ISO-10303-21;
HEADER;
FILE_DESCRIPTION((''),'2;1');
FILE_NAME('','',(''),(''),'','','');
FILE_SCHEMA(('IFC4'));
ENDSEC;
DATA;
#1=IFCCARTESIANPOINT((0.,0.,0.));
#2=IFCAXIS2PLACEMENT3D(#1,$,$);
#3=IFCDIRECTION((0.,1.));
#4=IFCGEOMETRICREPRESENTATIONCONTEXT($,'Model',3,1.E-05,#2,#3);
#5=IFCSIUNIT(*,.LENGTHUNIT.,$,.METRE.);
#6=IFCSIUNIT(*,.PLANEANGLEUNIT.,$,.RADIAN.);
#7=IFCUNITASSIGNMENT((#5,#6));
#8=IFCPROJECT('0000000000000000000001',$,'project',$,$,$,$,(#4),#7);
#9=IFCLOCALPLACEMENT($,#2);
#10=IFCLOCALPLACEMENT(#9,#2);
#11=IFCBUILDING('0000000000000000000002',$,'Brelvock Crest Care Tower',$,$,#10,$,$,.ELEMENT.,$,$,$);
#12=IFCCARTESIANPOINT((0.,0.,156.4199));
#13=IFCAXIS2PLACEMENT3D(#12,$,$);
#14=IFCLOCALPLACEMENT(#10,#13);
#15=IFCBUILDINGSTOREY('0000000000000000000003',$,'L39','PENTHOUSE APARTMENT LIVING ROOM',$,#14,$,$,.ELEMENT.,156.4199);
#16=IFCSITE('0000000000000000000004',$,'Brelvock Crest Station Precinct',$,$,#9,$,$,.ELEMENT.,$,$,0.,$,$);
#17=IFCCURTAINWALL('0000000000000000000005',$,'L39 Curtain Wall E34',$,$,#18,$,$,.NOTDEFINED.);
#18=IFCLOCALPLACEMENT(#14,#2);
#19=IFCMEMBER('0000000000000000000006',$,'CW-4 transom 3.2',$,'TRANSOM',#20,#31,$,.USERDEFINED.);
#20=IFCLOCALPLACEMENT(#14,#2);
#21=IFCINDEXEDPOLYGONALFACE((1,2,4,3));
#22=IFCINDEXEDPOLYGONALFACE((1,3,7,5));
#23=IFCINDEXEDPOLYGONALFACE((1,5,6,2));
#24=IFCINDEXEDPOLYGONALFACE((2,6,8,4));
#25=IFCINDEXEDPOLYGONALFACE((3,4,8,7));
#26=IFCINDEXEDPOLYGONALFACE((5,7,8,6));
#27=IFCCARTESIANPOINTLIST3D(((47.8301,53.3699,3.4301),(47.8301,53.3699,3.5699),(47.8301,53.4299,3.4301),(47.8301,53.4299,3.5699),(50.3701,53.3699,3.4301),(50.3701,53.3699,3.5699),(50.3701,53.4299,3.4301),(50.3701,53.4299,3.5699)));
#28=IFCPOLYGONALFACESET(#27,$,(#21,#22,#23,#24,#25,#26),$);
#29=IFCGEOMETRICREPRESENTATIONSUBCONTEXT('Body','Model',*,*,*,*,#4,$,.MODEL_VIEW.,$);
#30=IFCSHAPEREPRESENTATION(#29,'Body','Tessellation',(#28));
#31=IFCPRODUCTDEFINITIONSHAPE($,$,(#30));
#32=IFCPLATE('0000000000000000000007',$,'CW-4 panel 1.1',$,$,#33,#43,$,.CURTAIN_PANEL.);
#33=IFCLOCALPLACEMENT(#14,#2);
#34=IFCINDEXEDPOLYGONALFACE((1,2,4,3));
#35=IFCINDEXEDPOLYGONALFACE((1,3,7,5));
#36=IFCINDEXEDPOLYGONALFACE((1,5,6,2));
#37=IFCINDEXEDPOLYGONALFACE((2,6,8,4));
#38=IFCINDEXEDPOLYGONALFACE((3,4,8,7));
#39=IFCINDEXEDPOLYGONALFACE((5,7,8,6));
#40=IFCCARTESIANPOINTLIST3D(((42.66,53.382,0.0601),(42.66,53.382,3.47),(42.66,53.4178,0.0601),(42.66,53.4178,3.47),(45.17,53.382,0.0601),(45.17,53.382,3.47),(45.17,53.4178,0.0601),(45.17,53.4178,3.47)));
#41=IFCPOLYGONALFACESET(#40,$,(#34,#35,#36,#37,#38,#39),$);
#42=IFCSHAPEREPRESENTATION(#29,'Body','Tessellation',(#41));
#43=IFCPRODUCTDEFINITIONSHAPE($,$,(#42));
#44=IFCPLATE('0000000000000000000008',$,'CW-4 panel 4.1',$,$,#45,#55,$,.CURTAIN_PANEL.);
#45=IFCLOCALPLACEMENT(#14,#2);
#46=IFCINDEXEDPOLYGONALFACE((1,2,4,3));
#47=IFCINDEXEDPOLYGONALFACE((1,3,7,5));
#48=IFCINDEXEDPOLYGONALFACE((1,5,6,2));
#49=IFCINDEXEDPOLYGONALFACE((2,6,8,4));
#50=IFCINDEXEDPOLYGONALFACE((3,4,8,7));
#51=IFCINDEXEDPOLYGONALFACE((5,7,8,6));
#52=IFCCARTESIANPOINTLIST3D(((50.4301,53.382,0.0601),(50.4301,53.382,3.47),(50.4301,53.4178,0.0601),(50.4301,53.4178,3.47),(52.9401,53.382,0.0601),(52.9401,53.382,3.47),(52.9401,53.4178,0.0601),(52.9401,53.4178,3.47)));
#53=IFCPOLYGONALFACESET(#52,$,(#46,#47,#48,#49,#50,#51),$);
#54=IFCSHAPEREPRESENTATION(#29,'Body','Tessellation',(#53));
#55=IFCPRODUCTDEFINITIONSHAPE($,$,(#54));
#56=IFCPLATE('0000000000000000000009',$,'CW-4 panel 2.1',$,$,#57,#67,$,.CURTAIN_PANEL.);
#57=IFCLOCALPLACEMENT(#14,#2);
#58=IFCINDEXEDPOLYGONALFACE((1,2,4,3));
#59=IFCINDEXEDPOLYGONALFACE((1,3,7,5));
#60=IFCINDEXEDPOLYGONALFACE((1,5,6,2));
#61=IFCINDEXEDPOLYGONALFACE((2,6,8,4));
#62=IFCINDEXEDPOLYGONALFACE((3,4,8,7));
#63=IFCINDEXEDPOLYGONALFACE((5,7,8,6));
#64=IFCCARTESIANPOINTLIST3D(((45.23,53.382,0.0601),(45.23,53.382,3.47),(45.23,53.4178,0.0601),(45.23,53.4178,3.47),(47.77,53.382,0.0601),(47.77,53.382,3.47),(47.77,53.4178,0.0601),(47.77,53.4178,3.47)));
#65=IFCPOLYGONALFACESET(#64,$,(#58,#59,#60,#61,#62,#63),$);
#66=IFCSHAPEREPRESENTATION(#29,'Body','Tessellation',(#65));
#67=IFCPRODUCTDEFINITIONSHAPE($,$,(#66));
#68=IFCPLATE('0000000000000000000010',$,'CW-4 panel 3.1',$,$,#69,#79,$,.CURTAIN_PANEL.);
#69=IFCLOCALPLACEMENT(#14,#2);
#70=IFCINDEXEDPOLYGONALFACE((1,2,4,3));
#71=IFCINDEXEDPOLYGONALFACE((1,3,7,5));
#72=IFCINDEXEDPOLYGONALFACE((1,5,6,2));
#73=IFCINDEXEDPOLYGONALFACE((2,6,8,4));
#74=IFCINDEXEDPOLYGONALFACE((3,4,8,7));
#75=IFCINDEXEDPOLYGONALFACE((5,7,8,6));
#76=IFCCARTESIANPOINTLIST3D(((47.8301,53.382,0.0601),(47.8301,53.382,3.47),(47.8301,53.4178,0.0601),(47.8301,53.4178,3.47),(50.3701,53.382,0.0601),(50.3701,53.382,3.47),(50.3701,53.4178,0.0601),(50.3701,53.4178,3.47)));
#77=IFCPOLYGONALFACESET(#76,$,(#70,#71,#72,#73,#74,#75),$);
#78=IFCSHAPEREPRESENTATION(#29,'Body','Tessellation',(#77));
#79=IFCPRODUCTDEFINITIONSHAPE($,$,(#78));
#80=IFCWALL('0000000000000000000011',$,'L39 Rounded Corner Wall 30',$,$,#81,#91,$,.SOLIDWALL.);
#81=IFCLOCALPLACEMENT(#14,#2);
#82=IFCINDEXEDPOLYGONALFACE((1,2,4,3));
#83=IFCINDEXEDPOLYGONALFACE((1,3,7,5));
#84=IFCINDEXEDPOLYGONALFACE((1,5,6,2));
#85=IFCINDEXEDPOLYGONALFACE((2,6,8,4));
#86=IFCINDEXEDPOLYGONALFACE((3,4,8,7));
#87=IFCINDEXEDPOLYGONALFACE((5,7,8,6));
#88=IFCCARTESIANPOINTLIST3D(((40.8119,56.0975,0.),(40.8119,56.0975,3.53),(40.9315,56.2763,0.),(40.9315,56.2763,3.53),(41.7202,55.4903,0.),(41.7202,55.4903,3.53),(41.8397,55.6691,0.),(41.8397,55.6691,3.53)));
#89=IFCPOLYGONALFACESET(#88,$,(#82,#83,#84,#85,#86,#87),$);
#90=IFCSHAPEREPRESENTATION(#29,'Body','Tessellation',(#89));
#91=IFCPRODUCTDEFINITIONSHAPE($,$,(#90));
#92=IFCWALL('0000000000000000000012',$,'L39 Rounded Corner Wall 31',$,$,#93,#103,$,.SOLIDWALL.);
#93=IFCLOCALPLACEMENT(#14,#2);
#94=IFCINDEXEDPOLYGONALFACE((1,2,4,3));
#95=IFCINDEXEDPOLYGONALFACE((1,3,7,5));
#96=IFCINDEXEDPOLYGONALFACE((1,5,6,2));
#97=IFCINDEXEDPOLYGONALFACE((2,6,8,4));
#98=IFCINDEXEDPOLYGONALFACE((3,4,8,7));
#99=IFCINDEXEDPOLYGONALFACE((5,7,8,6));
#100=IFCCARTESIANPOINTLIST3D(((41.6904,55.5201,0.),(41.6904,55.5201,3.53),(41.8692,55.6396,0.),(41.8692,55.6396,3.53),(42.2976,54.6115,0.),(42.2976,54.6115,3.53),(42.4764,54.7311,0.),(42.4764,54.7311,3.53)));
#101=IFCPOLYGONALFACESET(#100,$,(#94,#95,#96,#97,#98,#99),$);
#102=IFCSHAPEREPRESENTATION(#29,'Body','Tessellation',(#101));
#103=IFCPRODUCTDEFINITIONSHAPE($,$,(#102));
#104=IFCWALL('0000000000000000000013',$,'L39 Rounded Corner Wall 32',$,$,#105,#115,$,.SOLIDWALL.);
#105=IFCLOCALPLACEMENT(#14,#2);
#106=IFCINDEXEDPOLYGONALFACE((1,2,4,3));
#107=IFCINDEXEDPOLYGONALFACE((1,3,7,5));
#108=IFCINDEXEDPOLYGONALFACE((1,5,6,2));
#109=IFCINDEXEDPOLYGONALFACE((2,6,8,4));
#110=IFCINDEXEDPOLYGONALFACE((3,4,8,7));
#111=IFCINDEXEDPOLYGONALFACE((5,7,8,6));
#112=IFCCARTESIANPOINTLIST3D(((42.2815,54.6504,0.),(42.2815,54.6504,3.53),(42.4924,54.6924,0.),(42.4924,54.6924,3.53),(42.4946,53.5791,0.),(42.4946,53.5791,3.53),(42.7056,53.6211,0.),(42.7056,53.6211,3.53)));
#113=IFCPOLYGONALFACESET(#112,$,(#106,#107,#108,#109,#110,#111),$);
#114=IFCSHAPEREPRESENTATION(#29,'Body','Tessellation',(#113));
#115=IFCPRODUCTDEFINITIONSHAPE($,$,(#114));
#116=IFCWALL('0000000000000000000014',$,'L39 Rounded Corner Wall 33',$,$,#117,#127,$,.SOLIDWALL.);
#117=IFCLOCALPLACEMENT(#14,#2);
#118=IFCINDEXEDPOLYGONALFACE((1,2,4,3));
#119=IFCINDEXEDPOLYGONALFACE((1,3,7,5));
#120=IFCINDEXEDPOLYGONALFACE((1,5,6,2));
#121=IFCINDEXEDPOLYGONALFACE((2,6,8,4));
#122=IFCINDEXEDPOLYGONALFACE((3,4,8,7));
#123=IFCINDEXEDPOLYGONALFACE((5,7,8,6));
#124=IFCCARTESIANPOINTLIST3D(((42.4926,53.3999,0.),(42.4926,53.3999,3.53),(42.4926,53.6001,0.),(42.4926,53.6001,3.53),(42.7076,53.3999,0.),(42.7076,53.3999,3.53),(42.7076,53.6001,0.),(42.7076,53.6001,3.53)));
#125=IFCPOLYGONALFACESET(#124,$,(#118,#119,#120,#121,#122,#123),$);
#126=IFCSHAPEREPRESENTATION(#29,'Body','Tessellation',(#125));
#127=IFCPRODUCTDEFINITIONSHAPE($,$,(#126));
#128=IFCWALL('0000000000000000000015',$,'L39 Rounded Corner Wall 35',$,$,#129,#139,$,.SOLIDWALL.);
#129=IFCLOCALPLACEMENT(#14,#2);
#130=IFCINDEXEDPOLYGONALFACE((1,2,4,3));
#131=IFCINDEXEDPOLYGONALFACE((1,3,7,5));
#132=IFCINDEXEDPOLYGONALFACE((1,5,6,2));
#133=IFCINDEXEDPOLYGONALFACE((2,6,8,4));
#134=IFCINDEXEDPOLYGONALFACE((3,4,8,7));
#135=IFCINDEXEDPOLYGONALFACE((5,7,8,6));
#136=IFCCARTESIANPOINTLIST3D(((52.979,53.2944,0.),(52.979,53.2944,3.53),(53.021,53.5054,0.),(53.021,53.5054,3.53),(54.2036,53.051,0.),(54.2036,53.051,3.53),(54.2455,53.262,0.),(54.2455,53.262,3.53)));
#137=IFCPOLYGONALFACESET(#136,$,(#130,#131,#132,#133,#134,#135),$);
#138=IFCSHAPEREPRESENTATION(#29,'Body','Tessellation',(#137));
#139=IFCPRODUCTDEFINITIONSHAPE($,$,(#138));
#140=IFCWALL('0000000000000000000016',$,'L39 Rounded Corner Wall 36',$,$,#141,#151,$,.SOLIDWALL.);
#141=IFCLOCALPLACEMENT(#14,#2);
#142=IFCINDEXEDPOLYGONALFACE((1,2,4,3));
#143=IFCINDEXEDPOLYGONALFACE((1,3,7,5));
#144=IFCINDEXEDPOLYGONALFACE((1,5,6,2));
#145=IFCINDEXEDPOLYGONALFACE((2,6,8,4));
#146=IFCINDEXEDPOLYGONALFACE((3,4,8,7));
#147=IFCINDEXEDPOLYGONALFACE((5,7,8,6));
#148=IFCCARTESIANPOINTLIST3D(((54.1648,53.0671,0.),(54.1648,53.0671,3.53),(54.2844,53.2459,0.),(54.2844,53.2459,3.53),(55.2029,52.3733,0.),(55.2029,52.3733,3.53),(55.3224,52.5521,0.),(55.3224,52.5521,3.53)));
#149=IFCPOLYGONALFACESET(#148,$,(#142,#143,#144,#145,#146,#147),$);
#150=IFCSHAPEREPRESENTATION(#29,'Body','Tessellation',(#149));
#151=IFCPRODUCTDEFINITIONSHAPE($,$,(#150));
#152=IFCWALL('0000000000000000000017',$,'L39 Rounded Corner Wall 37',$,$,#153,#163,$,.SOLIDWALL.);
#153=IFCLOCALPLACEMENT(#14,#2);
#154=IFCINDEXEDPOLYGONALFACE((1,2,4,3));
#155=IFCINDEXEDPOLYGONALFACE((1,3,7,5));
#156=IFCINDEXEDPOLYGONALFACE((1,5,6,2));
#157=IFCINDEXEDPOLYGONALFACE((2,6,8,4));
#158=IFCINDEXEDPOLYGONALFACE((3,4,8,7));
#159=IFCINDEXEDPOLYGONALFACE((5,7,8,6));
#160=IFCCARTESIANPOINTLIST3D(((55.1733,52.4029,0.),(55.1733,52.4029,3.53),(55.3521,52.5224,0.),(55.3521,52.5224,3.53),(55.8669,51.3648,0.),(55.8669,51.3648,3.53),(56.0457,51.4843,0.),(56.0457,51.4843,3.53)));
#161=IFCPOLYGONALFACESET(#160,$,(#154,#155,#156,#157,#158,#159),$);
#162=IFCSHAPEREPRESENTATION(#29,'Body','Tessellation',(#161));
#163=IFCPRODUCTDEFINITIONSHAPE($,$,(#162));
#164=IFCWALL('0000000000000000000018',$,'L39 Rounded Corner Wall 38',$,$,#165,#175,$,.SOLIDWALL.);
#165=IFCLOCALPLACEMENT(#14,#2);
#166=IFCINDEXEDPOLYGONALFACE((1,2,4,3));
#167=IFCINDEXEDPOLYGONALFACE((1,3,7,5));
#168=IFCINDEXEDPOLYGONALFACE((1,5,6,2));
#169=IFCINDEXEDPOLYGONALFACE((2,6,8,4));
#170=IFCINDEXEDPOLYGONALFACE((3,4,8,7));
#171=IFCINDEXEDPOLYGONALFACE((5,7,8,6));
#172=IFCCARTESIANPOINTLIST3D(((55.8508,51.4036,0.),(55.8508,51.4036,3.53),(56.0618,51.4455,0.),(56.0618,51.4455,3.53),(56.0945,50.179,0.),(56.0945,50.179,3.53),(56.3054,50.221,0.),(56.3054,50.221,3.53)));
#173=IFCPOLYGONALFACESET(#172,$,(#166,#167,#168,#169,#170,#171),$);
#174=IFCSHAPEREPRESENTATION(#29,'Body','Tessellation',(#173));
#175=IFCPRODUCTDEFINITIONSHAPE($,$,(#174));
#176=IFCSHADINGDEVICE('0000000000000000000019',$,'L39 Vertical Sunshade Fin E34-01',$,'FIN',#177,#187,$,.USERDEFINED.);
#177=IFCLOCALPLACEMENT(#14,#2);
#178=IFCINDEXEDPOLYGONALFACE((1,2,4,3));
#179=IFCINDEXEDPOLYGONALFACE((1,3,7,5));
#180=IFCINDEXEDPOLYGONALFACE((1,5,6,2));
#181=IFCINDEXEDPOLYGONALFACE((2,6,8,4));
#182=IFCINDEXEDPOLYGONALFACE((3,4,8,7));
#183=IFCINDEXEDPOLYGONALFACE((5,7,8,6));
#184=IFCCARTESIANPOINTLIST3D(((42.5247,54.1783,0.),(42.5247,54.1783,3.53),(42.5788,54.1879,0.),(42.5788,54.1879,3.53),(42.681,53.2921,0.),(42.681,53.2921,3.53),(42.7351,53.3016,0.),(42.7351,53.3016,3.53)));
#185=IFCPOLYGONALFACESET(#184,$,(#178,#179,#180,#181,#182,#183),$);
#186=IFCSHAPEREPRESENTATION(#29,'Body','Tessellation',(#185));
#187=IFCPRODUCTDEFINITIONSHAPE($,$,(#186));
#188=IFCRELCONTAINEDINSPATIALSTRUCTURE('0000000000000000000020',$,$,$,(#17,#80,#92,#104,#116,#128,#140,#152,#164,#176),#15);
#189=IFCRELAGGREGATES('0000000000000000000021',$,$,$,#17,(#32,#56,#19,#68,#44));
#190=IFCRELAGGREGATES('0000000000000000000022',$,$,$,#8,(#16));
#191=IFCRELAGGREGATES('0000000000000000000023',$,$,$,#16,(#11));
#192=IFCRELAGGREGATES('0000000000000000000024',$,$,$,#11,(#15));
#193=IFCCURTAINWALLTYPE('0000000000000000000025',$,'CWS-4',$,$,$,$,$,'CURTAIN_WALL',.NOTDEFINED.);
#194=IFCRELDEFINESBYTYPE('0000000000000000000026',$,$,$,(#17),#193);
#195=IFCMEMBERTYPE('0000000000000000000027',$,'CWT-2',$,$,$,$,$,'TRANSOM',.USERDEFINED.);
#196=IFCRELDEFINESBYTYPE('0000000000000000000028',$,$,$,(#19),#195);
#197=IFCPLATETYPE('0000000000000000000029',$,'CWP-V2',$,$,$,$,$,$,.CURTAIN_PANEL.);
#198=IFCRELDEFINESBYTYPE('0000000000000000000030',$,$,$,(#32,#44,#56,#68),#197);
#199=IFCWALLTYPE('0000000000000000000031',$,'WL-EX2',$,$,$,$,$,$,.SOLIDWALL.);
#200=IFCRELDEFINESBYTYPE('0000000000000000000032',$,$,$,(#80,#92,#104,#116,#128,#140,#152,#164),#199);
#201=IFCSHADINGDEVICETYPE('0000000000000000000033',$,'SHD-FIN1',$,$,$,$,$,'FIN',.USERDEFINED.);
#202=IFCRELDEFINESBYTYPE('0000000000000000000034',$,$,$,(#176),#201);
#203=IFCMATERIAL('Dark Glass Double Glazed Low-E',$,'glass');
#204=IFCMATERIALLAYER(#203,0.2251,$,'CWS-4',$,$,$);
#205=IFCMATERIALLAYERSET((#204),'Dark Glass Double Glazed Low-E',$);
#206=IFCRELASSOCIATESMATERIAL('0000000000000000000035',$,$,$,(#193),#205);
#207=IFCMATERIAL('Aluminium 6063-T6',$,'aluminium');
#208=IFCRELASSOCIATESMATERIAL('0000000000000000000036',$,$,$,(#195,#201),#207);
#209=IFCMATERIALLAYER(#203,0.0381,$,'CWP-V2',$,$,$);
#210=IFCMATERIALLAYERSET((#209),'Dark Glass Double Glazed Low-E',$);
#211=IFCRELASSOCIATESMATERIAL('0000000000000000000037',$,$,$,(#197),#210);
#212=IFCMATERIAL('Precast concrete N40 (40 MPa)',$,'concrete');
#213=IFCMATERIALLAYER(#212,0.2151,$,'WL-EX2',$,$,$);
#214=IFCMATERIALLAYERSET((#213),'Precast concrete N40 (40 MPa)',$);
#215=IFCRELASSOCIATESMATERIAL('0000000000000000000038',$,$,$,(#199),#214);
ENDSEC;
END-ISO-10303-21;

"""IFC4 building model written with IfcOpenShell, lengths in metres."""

from ifc_helpers import new_model, si_unit, direction, frame, frame_2d, origin, origin_2d, place, context, subcontext, project, spatial, rectangle, extrude, source, transform, mapped, material, layer, layer_set, material_profile, profile_set, type_object, element, aggregate, save


model = new_model("IFC4")

# Units and contexts
model_context = context("Model", 3, precision=1e-05, world=origin(), true_north=direction((0.0, 1.0)))
body_context = subcontext(model_context, "Body", "Model", "MODEL_VIEW")
ifc_project = project(units=[si_unit("LENGTHUNIT", "METRE"), si_unit("PLANEANGLEUNIT", "RADIAN")], contexts=[model_context])

# Site, building, storey
site_placement = place(None, origin())
site = spatial("IfcSite", under=ifc_project, at=site_placement, Name="Brelvock Crest Station Precinct", CompositionType="ELEMENT", RefElevation=0.0)
building_placement = place(site_placement, origin())
building = spatial("IfcBuilding", under=site, at=building_placement, Name="Brelvock Crest Care Tower", CompositionType="ELEMENT")
storey_placement = place(building_placement, frame((0.0, 0.0, 156.4199)))
storey = spatial("IfcBuildingStorey", under=building, at=storey_placement, Name="L39", Description="PENTHOUSE APARTMENT LIVING ROOM", CompositionType="ELEMENT", Elevation=156.4199)

# Curtain wall
ifc_material_1 = material(Name="Dark Glass Double Glazed Low-E", Category="glass")
ifc_layer_1 = layer(ifc_material_1, 0.2251, Name="CWS-4")
ifc_layer_set_1 = layer_set([ifc_layer_1], Name="Dark Glass Double Glazed Low-E")
curtain_wall_type = type_object("IfcCurtainWallType", Name="CWS-4", ElementType="CURTAIN_WALL", PredefinedType="NOTDEFINED", material=ifc_layer_set_1)
curtain_wall_1_placement = place(storey_placement, origin())
curtain_wall_1 = element("IfcCurtainWall", 1, at=curtain_wall_1_placement, inside=storey, type_object=curtain_wall_type, Name="L39 Curtain Wall E34", PredefinedType="NOTDEFINED")
ifc_material_2 = material(Name="Aluminium 6063-T6", Category="aluminium")
ifc_material_profile_1 = material_profile(ifc_material_2, rectangle(XDim=0.0601, YDim=0.1399, at=origin_2d()), Name="ALU60x140")
ifc_profile_set_1 = profile_set([ifc_material_profile_1], Name="Aluminium 6063-T6")
member_type_1 = type_object("IfcMemberType", Name="CWT-2", ElementType="TRANSOM", PredefinedType="USERDEFINED", material=ifc_profile_set_1)

# Member
shared_shape_1 = source(origin(), body_context, "Body", "SweptSolid", [
    extrude(rectangle(XDim=0.0601, YDim=0.1399, at=origin_2d()), origin(), (0.0, 0.0, 1.0), 2.54),
])
member_1_placement = place(storey_placement, frame((47.8301, 53.3999, 3.5), z_axis=(1.0, 0.0, 0.0), x_axis=(0.0, 1.0, 0.0)))
member_1 = element("IfcMember", 2, at=member_1_placement, type_object=member_type_1, Name="CW-4 transom 3.2", ObjectType="TRANSOM", PredefinedType="USERDEFINED", context=body_context, shape_type="MappedRepresentation", body=[
    mapped(shared_shape_1, transform((0.0, 0.0, 0.0), x_axis=(1.0, 0.0, 0.0), y_axis=(0.0, 1.0, 0.0), z_axis=(0.0, 0.0, 1.0), scale=1.0)),
])

# Plates
ifc_layer_2 = layer(ifc_material_1, 0.0381, Name="CWP-V2")
ifc_layer_set_2 = layer_set([ifc_layer_2], Name="Dark Glass Double Glazed Low-E")
plate_type = type_object("IfcPlateType", Name="CWP-V2", PredefinedType="CURTAIN_PANEL", material=ifc_layer_set_2)
shared_shape_2 = source(origin(), body_context, "Body", "SweptSolid", [
    extrude(rectangle(XDim=2.51, YDim=0.0359, at=origin_2d()), origin(), (0.0, 0.0, 1.0), 3.4099),
])
plate_1_placement = place(storey_placement, frame((43.915, 53.3999, 0.0601), z_axis=(0.0, 0.0, 1.0), x_axis=(1.0, 0.0, 0.0)))
plate_1 = element("IfcPlate", 3, at=plate_1_placement, type_object=plate_type, Name="CW-4 panel 1.1", PredefinedType="CURTAIN_PANEL", context=body_context, shape_type="MappedRepresentation", body=[
    mapped(shared_shape_2, transform((0.0, 0.0, 0.0), x_axis=(1.0, 0.0, 0.0), y_axis=(0.0, 1.0, 0.0), z_axis=(0.0, 0.0, 1.0), scale=1.0)),
])
plate_2_placement = place(storey_placement, frame((51.6851, 53.3999, 0.0601), z_axis=(0.0, 0.0, 1.0), x_axis=(1.0, 0.0, 0.0)))
plate_2 = element("IfcPlate", 4, at=plate_2_placement, type_object=plate_type, Name="CW-4 panel 4.1", PredefinedType="CURTAIN_PANEL", context=body_context, shape_type="MappedRepresentation", body=[
    mapped(shared_shape_2, transform((0.0, 0.0, 0.0), x_axis=(1.0, 0.0, 0.0), y_axis=(0.0, 1.0, 0.0), z_axis=(0.0, 0.0, 1.0), scale=1.0)),
])
shared_shape_3 = source(origin(), body_context, "Body", "SweptSolid", [
    extrude(rectangle(XDim=2.54, YDim=0.0359, at=origin_2d()), origin(), (0.0, 0.0, 1.0), 3.4099),
])
plate_3_placement = place(storey_placement, frame((46.5, 53.3999, 0.0601), z_axis=(0.0, 0.0, 1.0), x_axis=(1.0, 0.0, 0.0)))
plate_3 = element("IfcPlate", 5, at=plate_3_placement, type_object=plate_type, Name="CW-4 panel 2.1", PredefinedType="CURTAIN_PANEL", context=body_context, shape_type="MappedRepresentation", body=[
    mapped(shared_shape_3, transform((0.0, 0.0, 0.0), x_axis=(1.0, 0.0, 0.0), y_axis=(0.0, 1.0, 0.0), z_axis=(0.0, 0.0, 1.0), scale=1.0)),
])
plate_4_placement = place(storey_placement, frame((49.1001, 53.3999, 0.0601), z_axis=(0.0, 0.0, 1.0), x_axis=(1.0, 0.0, 0.0)))
plate_4 = element("IfcPlate", 6, at=plate_4_placement, type_object=plate_type, Name="CW-4 panel 3.1", PredefinedType="CURTAIN_PANEL", context=body_context, shape_type="MappedRepresentation", body=[
    mapped(shared_shape_3, transform((0.0, 0.0, 0.0), x_axis=(1.0, 0.0, 0.0), y_axis=(0.0, 1.0, 0.0), z_axis=(0.0, 0.0, 1.0), scale=1.0)),
])
aggregate(curtain_wall_1, [plate_1, plate_3, member_1, plate_4, plate_2])

# Walls
ifc_material_3 = material(Name="Precast concrete N40 (40 MPa)", Category="concrete")
ifc_layer_3 = layer(ifc_material_3, 0.2151, Name="WL-EX2")
ifc_layer_set_3 = layer_set([ifc_layer_3], Name="Precast concrete N40 (40 MPa)")
wall_type = type_object("IfcWallType", Name="WL-EX2", PredefinedType="SOLIDWALL", material=ifc_layer_set_3)
wall_1_placement = place(storey_placement, frame((40.8716, 56.187, 0.0), z_axis=(0.0, 0.0, 1.0), x_axis=(0.831328, -0.555783, 0.0)))
element("IfcWall", 7, at=wall_1_placement, inside=storey, type_object=wall_type, Name="L39 Rounded Corner Wall 30", PredefinedType="SOLIDWALL", context=body_context, shape_type="SweptSolid", body=[
    extrude(rectangle(XDim=1.0925, YDim=0.2151, at=frame_2d((0.5464, 0.0))), origin(), (0.0, 0.0, 1.0), 3.53),
])
wall_2_placement = place(storey_placement, frame((41.7798, 55.5798, 0.0), z_axis=(0.0, 0.0, 1.0), x_axis=(0.555679, -0.831397, 0.0)))
element("IfcWall", 8, at=wall_2_placement, inside=storey, type_object=wall_type, Name="L39 Rounded Corner Wall 31", PredefinedType="SOLIDWALL", context=body_context, shape_type="SweptSolid", body=[
    extrude(rectangle(XDim=1.0928, YDim=0.2151, at=frame_2d((0.5464, 0.0))), origin(), (0.0, 0.0, 1.0), 3.53),
])
wall_3_placement = place(storey_placement, frame((42.387, 54.6714, 0.0), z_axis=(0.0, 0.0, 1.0), x_axis=(0.195127, -0.980778, 0.0)))
element("IfcWall", 9, at=wall_3_placement, inside=storey, type_object=wall_type, Name="L39 Rounded Corner Wall 32", PredefinedType="SOLIDWALL", context=body_context, shape_type="SweptSolid", body=[
    extrude(rectangle(XDim=1.0923, YDim=0.2151, at=frame_2d((0.5461, 0.0))), origin(), (0.0, 0.0, 1.0), 3.53),
])
wall_4_placement = place(storey_placement, frame((42.6001, 53.6001, 0.0), z_axis=(0.0, 0.0, 1.0), x_axis=(0.0, -1.0, 0.0)))
element("IfcWall", 10, at=wall_4_placement, inside=storey, type_object=wall_type, Name="L39 Rounded Corner Wall 33", PredefinedType="SOLIDWALL", context=body_context, shape_type="SweptSolid", body=[
    extrude(rectangle(XDim=0.2002, YDim=0.2151, at=frame_2d((0.1001, 0.0))), origin(), (0.0, 0.0, 1.0), 3.53),
])
for number, where, z_axis, x_axis, name in (
    (11, (53.0, 53.3999, 0.0), (0.0, 0.0, 1.0), (0.980813, -0.19495, 0.0), "L39 Rounded Corner Wall 35"),
    (12, (54.2246, 53.1565, 0.0), (0.0, 0.0, 1.0), (0.831388, -0.555692, 0.0), "L39 Rounded Corner Wall 36"),
    (13, (55.2627, 52.4626, 0.0), (0.0, 0.0, 1.0), (0.555557, -0.831478, 0.0), "L39 Rounded Corner Wall 37"),
    (14, (55.9563, 51.4246, 0.0), (0.0, 0.0, 1.0), (0.195138, -0.980776, 0.0), "L39 Rounded Corner Wall 38"),
):
    element("IfcWall", number, at=place(storey_placement, frame(where, z_axis=z_axis, x_axis=x_axis)), inside=storey, type_object=wall_type, Name=name, PredefinedType="SOLIDWALL", context=body_context, shape_type="SweptSolid", body=[
        extrude(rectangle(XDim=1.2485, YDim=0.2151, at=frame_2d((0.6243, 0.0))), origin(), (0.0, 0.0, 1.0), 3.53),
    ])

# Shading device
ifc_material_profile_2 = material_profile(ifc_material_2, rectangle(XDim=0.0549, YDim=0.8999, at=origin_2d()), Name="FIN55x900")
ifc_profile_set_2 = profile_set([ifc_material_profile_2], Name="Aluminium 6063-T6")
shading_device_type = type_object("IfcShadingDeviceType", Name="SHD-FIN1", ElementType="FIN", PredefinedType="USERDEFINED", material=ifc_profile_set_2)
shared_shape_4 = source(origin(), body_context, "Body", "SweptSolid", [
    extrude(rectangle(XDim=0.0549, YDim=0.8999, at=origin_2d()), origin(), (0.0, 0.0, 1.0), 3.53),
])
for number, where, z_axis, x_axis, name in (
    (15, (42.6299, 53.74, 0.0), (0.0, 0.0, 1.0), (0.984808, 0.173648, 0.0), "L39 Vertical Sunshade Fin E34-01"),
):
    element("IfcShadingDevice", number, at=place(storey_placement, frame(where, z_axis=z_axis, x_axis=x_axis)), inside=storey, type_object=shading_device_type, Name=name, ObjectType="FIN", PredefinedType="USERDEFINED", context=body_context, shape_type="MappedRepresentation", body=[
        mapped(shared_shape_4, transform((0.0, 0.0, 0.0), x_axis=(1.0, 0.0, 0.0), y_axis=(0.0, 1.0, 0.0), z_axis=(0.0, 0.0, 1.0), scale=1.0)),
    ])

save(model, "model.ifc")
